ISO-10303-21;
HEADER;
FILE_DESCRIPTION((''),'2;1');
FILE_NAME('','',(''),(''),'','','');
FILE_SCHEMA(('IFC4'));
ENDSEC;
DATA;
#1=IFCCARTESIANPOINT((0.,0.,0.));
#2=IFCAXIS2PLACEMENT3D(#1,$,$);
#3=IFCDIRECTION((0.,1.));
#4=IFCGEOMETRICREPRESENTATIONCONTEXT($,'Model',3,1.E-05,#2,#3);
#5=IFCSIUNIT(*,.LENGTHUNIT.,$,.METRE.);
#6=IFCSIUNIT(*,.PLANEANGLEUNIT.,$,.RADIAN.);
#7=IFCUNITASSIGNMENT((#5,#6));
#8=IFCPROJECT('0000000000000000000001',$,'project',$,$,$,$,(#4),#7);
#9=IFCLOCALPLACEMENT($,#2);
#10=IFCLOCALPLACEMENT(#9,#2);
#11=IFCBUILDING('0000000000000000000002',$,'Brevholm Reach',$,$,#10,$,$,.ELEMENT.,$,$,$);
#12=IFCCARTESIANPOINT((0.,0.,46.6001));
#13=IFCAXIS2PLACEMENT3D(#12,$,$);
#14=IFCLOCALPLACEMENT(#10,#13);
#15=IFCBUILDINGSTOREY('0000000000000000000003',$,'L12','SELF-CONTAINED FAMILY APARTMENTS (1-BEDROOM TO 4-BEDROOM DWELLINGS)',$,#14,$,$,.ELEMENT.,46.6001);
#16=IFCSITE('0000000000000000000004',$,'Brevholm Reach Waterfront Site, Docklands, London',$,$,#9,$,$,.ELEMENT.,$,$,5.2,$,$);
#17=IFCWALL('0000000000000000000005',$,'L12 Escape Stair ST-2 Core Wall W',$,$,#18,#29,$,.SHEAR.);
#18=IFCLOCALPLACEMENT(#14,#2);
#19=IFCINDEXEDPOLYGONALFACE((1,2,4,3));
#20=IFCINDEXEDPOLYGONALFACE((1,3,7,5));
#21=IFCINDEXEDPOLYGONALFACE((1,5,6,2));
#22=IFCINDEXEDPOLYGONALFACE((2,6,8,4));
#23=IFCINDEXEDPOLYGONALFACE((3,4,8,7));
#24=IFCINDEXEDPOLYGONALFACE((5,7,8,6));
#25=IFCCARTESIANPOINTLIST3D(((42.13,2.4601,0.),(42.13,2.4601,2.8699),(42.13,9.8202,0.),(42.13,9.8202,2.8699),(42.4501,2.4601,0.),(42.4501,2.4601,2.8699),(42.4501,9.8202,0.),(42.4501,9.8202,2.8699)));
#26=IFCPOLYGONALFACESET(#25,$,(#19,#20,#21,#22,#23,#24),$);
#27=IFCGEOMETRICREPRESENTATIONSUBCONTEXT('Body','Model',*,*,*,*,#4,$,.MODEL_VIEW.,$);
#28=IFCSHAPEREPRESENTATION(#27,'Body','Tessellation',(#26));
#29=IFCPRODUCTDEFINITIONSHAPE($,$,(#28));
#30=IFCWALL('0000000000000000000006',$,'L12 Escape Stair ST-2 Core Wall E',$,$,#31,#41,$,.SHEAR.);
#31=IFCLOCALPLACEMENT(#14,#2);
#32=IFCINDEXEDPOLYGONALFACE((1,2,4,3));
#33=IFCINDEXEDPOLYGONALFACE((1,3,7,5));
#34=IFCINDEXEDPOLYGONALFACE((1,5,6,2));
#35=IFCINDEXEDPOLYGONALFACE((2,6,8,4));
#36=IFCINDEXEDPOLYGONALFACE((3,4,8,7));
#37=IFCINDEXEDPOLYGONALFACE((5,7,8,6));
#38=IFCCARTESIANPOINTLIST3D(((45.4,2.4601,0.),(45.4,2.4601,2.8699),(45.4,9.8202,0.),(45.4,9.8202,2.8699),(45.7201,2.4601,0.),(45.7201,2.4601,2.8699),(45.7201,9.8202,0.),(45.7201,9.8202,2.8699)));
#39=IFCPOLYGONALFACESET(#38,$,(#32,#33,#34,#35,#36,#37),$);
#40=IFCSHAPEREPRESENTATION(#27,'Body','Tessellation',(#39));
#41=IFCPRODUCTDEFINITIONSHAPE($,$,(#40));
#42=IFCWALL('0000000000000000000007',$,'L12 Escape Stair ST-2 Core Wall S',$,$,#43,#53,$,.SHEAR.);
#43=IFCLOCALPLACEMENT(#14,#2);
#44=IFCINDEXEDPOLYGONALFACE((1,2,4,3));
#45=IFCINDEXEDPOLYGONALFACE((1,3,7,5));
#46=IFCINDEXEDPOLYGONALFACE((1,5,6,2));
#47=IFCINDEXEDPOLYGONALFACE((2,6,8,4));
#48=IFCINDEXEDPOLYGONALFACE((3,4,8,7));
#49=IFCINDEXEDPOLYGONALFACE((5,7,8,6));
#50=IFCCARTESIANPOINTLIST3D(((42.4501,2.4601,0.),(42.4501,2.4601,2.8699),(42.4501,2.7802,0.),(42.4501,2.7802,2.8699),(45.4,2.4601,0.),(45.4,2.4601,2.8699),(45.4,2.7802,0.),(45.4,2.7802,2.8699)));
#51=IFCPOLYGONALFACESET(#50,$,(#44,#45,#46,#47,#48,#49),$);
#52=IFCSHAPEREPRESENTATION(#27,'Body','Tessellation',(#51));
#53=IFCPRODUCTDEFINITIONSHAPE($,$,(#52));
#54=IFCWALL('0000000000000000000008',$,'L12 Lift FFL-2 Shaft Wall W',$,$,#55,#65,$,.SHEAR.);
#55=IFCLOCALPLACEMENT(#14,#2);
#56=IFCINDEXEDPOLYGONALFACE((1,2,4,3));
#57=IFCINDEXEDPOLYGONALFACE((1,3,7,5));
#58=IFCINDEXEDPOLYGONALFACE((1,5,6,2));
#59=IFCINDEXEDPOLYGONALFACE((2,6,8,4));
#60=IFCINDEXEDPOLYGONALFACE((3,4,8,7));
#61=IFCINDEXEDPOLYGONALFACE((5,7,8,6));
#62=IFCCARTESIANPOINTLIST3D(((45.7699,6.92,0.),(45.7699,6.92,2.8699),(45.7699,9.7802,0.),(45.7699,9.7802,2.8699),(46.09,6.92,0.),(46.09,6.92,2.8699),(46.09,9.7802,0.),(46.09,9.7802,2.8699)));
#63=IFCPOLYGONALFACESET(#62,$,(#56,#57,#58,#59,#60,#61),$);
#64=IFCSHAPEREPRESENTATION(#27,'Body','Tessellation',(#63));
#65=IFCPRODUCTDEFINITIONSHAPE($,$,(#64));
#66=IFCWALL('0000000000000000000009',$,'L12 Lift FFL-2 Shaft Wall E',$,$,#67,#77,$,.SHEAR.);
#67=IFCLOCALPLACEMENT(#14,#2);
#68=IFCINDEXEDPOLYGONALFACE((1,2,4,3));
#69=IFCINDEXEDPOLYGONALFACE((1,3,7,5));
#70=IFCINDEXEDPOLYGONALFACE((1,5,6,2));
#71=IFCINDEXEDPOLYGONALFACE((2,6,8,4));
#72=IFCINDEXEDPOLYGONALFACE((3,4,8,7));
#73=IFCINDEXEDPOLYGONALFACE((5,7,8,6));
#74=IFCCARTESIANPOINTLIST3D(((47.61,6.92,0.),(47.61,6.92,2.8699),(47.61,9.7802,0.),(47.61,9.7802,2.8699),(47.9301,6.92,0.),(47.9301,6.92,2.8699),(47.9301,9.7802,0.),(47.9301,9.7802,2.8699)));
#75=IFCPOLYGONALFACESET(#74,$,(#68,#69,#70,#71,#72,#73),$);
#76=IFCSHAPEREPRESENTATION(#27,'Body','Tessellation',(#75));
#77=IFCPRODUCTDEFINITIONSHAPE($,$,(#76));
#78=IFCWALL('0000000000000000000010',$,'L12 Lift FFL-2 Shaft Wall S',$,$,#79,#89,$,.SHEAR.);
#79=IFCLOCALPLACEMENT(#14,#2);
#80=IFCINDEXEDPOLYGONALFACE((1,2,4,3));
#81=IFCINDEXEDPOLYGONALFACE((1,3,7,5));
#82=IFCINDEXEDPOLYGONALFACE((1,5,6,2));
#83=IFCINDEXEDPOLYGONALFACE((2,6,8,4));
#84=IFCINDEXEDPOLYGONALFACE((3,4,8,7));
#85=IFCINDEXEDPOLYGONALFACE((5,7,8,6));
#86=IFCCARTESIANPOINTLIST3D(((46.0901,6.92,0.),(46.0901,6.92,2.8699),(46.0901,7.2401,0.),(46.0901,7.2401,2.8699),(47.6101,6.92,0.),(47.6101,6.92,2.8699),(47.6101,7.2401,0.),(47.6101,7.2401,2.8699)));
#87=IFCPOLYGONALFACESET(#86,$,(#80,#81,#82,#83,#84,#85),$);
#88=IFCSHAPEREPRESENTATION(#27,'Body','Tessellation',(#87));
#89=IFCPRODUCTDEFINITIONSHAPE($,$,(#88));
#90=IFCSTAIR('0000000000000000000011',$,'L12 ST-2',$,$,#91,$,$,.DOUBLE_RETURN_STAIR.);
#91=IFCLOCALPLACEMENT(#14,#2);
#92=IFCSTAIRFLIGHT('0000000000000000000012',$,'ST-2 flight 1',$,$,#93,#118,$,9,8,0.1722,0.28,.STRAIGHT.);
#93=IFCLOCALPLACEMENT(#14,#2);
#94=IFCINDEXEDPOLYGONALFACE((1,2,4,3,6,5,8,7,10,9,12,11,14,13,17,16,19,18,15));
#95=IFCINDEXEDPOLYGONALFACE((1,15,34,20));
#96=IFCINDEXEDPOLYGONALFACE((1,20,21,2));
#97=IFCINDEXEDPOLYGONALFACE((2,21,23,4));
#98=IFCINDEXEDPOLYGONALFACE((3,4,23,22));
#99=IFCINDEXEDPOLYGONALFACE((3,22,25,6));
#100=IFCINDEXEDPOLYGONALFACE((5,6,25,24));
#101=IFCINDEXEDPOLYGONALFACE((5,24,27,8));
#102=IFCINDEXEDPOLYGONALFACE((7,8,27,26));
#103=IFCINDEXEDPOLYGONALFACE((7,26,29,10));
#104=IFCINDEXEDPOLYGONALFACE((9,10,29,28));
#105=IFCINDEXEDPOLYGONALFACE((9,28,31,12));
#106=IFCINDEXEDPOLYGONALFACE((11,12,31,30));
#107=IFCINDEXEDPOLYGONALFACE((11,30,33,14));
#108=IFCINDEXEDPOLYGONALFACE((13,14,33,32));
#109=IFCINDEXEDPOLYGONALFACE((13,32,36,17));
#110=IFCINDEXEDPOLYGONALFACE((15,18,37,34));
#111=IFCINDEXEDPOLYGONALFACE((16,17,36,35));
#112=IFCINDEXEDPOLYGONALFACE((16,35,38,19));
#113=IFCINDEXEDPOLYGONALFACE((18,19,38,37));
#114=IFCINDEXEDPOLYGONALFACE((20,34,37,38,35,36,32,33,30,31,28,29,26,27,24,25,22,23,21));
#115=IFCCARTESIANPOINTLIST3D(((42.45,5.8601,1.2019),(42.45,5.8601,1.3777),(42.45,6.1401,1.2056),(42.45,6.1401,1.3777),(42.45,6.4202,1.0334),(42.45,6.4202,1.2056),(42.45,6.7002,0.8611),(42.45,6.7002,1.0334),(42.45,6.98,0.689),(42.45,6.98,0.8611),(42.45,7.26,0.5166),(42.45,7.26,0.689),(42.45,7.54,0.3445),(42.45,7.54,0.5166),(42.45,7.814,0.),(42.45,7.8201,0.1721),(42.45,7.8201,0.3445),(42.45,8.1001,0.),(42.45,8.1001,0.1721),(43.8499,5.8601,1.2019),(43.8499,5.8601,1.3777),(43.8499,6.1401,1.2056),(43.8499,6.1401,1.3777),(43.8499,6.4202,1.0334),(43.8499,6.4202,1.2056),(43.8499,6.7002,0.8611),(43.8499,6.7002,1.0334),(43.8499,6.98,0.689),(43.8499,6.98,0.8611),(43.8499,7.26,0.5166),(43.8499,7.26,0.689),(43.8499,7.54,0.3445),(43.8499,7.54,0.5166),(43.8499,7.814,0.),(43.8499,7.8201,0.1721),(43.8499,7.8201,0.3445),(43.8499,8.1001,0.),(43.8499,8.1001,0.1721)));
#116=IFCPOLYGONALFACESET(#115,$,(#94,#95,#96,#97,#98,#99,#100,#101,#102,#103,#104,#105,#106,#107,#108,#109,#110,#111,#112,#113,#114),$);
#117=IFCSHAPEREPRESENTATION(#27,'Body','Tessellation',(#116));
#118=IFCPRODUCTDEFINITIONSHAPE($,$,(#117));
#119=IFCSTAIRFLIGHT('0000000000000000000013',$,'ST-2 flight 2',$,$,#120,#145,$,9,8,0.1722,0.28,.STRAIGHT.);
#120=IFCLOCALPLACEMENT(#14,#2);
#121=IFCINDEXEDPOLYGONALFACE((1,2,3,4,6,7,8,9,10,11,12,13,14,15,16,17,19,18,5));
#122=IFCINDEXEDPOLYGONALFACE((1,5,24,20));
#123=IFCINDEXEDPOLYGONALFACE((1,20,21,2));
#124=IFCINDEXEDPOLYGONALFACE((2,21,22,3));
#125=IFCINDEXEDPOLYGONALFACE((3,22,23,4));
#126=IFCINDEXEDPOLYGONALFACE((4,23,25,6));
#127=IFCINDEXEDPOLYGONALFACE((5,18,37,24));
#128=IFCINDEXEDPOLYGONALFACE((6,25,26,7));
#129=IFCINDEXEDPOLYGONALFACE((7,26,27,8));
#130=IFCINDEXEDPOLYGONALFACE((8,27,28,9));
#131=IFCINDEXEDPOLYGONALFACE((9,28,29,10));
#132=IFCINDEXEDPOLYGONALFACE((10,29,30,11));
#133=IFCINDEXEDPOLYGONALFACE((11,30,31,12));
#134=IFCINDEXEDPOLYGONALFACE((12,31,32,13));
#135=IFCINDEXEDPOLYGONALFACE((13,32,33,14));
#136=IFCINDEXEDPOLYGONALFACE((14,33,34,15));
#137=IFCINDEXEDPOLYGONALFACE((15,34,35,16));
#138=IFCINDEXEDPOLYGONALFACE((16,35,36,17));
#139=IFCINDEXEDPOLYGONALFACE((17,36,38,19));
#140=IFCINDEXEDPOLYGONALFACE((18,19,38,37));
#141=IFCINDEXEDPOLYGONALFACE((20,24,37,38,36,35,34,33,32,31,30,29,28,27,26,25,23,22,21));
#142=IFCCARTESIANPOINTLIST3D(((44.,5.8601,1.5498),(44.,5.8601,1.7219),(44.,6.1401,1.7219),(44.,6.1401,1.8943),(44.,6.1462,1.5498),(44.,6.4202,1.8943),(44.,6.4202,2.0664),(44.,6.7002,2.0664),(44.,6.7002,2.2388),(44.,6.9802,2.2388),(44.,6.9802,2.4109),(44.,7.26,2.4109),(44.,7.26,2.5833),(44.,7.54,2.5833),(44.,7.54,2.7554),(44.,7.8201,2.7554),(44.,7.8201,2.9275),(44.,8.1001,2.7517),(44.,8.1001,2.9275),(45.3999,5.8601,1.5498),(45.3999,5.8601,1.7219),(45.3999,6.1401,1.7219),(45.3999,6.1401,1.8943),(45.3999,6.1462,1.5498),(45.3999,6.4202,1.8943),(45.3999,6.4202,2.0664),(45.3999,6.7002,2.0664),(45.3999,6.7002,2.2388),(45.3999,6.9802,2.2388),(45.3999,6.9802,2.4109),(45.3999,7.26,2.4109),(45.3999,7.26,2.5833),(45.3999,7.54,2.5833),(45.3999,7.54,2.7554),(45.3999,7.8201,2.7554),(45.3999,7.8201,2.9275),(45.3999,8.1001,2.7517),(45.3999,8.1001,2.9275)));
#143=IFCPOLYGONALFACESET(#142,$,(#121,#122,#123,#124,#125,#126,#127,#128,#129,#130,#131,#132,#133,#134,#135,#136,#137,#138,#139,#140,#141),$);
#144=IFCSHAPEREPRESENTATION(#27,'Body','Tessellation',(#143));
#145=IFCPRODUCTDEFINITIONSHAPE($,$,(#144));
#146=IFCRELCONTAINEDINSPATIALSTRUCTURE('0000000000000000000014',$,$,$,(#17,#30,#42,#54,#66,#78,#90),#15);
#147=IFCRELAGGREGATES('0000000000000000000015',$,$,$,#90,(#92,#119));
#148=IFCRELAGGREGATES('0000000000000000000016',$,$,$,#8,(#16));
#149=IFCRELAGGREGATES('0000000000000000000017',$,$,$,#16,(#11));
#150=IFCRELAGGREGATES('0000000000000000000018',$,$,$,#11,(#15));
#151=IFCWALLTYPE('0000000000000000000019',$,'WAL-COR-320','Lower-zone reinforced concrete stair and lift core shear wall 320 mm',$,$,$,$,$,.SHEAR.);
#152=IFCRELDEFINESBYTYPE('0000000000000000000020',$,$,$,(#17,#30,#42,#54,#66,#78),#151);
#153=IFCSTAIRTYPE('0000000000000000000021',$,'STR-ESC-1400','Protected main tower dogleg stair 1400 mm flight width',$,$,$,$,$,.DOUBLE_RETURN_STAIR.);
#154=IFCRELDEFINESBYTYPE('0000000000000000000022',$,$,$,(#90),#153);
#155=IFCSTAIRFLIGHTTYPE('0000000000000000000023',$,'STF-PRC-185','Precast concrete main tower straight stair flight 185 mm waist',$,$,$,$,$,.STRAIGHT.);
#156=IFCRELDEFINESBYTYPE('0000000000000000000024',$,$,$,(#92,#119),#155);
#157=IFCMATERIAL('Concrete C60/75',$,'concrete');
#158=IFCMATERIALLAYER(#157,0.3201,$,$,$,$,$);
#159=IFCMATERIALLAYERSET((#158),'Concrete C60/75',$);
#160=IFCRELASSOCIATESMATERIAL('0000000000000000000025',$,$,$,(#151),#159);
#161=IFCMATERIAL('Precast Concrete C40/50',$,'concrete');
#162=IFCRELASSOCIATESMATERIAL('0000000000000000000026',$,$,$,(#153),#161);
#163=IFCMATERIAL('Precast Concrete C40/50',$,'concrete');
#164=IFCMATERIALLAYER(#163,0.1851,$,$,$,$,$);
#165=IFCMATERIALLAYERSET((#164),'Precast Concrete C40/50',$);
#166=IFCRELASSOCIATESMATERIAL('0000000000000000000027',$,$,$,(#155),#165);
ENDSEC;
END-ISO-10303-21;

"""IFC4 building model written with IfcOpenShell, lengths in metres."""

from ifc_helpers import new_model, si_unit, direction, frame, frame_2d, origin, place, context, subcontext, project, spatial, polyline, rectangle, outline, extrude, material, layer, layer_set, type_object, element, aggregate, save


model = new_model("IFC4")

# Units and contexts
model_context = context("Model", 3, precision=1e-05, world=origin(), true_north=direction((0.0, 1.0)))
body_context = subcontext(model_context, "Body", "Model", "MODEL_VIEW")
ifc_project = project(units=[si_unit("LENGTHUNIT", "METRE"), si_unit("PLANEANGLEUNIT", "RADIAN")], contexts=[model_context])

# Site, building, storey
site_placement = place(None, origin())
site = spatial("IfcSite", under=ifc_project, at=site_placement, Name="Brevholm Reach Waterfront Site, Docklands, London", CompositionType="ELEMENT", RefElevation=5.2)
building_placement = place(site_placement, origin())
building = spatial("IfcBuilding", under=site, at=building_placement, Name="Brevholm Reach", CompositionType="ELEMENT")
storey_placement = place(building_placement, frame((0.0, 0.0, 46.6001)))
storey = spatial("IfcBuildingStorey", under=building, at=storey_placement, Name="L12", Description="SELF-CONTAINED FAMILY APARTMENTS (1-BEDROOM TO 4-BEDROOM DWELLINGS)", CompositionType="ELEMENT", Elevation=46.6001)

# Walls
ifc_material_1 = material(Name="Concrete C60/75", Category="concrete")
ifc_layer_1 = layer(ifc_material_1, 0.3201)
ifc_layer_set_1 = layer_set([ifc_layer_1], Name="Concrete C60/75")
wall_type = type_object("IfcWallType", Name="WAL-COR-320", Description="Lower-zone reinforced concrete stair and lift core shear wall 320 mm", PredefinedType="SHEAR", material=ifc_layer_set_1)
for number, where, z_axis, x_axis, name in (
    (1, (42.29, 2.46, 0.0), (0.0, 0.0, 1.0), (0.0, 1.0, 0.0), "L12 Escape Stair ST-2 Core Wall W"),
    (2, (45.5601, 2.46, 0.0), (0.0, 0.0, 1.0), (0.0, 1.0, 0.0), "L12 Escape Stair ST-2 Core Wall E"),
):
    element("IfcWall", number, at=place(storey_placement, frame(where, z_axis=z_axis, x_axis=x_axis)), inside=storey, type_object=wall_type, Name=name, PredefinedType="SHEAR", context=body_context, shape_type="SweptSolid", body=[
        extrude(rectangle(XDim=7.3601, YDim=0.3201, at=frame_2d((3.6802, 0.0))), origin(), (0.0, 0.0, 1.0), 2.8699),
    ])
wall_1_placement = place(storey_placement, frame((42.45, 2.6201, 0.0), z_axis=(0.0, 0.0, 1.0), x_axis=(1.0, 0.0, 0.0)))
element("IfcWall", 3, at=wall_1_placement, inside=storey, type_object=wall_type, Name="L12 Escape Stair ST-2 Core Wall S", PredefinedType="SHEAR", context=body_context, shape_type="SweptSolid", body=[
    extrude(rectangle(XDim=2.95, YDim=0.3201, at=frame_2d((1.4751, 0.0))), origin(), (0.0, 0.0, 1.0), 2.8699),
])
for number, where, z_axis, x_axis, name in (
    (4, (45.9299, 6.9199, 0.0), (0.0, 0.0, 1.0), (0.0, 1.0, 0.0), "L12 Lift FFL-2 Shaft Wall W"),
    (5, (47.77, 6.9199, 0.0), (0.0, 0.0, 1.0), (0.0, 1.0, 0.0), "L12 Lift FFL-2 Shaft Wall E"),
):
    element("IfcWall", number, at=place(storey_placement, frame(where, z_axis=z_axis, x_axis=x_axis)), inside=storey, type_object=wall_type, Name=name, PredefinedType="SHEAR", context=body_context, shape_type="SweptSolid", body=[
        extrude(rectangle(XDim=2.8601, YDim=0.3201, at=frame_2d((1.4302, 0.0))), origin(), (0.0, 0.0, 1.0), 2.8699),
    ])
wall_2_placement = place(storey_placement, frame((46.0901, 7.0801, 0.0), z_axis=(0.0, 0.0, 1.0), x_axis=(1.0, 0.0, 0.0)))
element("IfcWall", 6, at=wall_2_placement, inside=storey, type_object=wall_type, Name="L12 Lift FFL-2 Shaft Wall S", PredefinedType="SHEAR", context=body_context, shape_type="SweptSolid", body=[
    extrude(rectangle(XDim=1.52, YDim=0.3201, at=frame_2d((0.76, 0.0))), origin(), (0.0, 0.0, 1.0), 2.8699),
])

# Stair, stair flights
ifc_material_2 = material(Name="Precast Concrete C40/50", Category="concrete")
stair_type = type_object("IfcStairType", Name="STR-ESC-1400", Description="Protected main tower dogleg stair 1400 mm flight width", PredefinedType="DOUBLE_RETURN_STAIR", material=ifc_material_2)
stair_placement = place(storey_placement, origin())
stair = element("IfcStair", 7, at=stair_placement, inside=storey, type_object=stair_type, Name="L12 ST-2", PredefinedType="DOUBLE_RETURN_STAIR")
ifc_material_3 = material(Name="Precast Concrete C40/50", Category="concrete")
ifc_layer_2 = layer(ifc_material_3, 0.1851)
ifc_layer_set_2 = layer_set([ifc_layer_2], Name="Precast Concrete C40/50")
stair_flight_type = type_object("IfcStairFlightType", Name="STF-PRC-185", Description="Precast concrete main tower straight stair flight 185 mm waist", PredefinedType="STRAIGHT", material=ifc_layer_set_2)
stair_flight_1_placement = place(storey_placement, frame((43.1499, 8.1001, 0.0), z_axis=(0.0, 0.0, 1.0), x_axis=(0.0, -1.0, 0.0)))
stair_flight_1 = element("IfcStairFlight", 8, at=stair_flight_1_placement, type_object=stair_flight_type, Name="ST-2 flight 1", NumberOfRisers=9, NumberOfTreads=8, PredefinedType="STRAIGHT", RiserHeight=0.1722, TreadLength=0.28, context=body_context, shape_type="SweptSolid", body=[
    extrude(outline(polyline([(0.0, 0.0), (0.0, 0.1721), (0.28, 0.1721), (0.28, 0.3445), (0.5601, 0.3445), (0.5601, 0.5166), (0.8401, 0.5166), (0.8401, 0.689), (1.1201, 0.689), (1.1201, 0.8611), (1.3999, 0.8611), (1.3999, 1.0334), (1.6799, 1.0334), (1.6799, 1.2056), (1.96, 1.2056), (1.96, 1.3777), (2.24, 1.3777), (2.24, 1.55), (2.24, 1.2019), (0.2861, 0.0), (0.0, 0.0)])), frame((0.0, 0.7, 0.0), z_axis=(0.0, -1.0, 0.0), x_axis=(1.0, 0.0, 0.0)), (0.0, 0.0, 1.0), 1.3999),
])
stair_flight_2_placement = place(storey_placement, frame((44.7, 5.8601, 1.5498), z_axis=(0.0, 0.0, 1.0), x_axis=(0.0, 1.0, 0.0)))
stair_flight_2 = element("IfcStairFlight", 9, at=stair_flight_2_placement, type_object=stair_flight_type, Name="ST-2 flight 2", NumberOfRisers=9, NumberOfTreads=8, PredefinedType="STRAIGHT", RiserHeight=0.1722, TreadLength=0.28, context=body_context, shape_type="SweptSolid", body=[
    extrude(outline(polyline([(0.0, 0.0), (0.0, 0.1721), (0.28, 0.1721), (0.28, 0.3445), (0.5601, 0.3445), (0.5601, 0.5166), (0.8401, 0.5166), (0.8401, 0.689), (1.1201, 0.689), (1.1201, 0.8611), (1.3999, 0.8611), (1.3999, 1.0334), (1.6799, 1.0334), (1.6799, 1.2056), (1.96, 1.2056), (1.96, 1.3777), (2.24, 1.3777), (2.24, 1.55), (2.24, 1.2019), (0.2861, 0.0), (0.0, 0.0)])), frame((0.0, 0.7, 0.0), z_axis=(0.0, -1.0, 0.0), x_axis=(1.0, 0.0, 0.0)), (0.0, 0.0, 1.0), 1.3999),
])
aggregate(stair, [stair_flight_1, stair_flight_2])

save(model, "model.ifc")
